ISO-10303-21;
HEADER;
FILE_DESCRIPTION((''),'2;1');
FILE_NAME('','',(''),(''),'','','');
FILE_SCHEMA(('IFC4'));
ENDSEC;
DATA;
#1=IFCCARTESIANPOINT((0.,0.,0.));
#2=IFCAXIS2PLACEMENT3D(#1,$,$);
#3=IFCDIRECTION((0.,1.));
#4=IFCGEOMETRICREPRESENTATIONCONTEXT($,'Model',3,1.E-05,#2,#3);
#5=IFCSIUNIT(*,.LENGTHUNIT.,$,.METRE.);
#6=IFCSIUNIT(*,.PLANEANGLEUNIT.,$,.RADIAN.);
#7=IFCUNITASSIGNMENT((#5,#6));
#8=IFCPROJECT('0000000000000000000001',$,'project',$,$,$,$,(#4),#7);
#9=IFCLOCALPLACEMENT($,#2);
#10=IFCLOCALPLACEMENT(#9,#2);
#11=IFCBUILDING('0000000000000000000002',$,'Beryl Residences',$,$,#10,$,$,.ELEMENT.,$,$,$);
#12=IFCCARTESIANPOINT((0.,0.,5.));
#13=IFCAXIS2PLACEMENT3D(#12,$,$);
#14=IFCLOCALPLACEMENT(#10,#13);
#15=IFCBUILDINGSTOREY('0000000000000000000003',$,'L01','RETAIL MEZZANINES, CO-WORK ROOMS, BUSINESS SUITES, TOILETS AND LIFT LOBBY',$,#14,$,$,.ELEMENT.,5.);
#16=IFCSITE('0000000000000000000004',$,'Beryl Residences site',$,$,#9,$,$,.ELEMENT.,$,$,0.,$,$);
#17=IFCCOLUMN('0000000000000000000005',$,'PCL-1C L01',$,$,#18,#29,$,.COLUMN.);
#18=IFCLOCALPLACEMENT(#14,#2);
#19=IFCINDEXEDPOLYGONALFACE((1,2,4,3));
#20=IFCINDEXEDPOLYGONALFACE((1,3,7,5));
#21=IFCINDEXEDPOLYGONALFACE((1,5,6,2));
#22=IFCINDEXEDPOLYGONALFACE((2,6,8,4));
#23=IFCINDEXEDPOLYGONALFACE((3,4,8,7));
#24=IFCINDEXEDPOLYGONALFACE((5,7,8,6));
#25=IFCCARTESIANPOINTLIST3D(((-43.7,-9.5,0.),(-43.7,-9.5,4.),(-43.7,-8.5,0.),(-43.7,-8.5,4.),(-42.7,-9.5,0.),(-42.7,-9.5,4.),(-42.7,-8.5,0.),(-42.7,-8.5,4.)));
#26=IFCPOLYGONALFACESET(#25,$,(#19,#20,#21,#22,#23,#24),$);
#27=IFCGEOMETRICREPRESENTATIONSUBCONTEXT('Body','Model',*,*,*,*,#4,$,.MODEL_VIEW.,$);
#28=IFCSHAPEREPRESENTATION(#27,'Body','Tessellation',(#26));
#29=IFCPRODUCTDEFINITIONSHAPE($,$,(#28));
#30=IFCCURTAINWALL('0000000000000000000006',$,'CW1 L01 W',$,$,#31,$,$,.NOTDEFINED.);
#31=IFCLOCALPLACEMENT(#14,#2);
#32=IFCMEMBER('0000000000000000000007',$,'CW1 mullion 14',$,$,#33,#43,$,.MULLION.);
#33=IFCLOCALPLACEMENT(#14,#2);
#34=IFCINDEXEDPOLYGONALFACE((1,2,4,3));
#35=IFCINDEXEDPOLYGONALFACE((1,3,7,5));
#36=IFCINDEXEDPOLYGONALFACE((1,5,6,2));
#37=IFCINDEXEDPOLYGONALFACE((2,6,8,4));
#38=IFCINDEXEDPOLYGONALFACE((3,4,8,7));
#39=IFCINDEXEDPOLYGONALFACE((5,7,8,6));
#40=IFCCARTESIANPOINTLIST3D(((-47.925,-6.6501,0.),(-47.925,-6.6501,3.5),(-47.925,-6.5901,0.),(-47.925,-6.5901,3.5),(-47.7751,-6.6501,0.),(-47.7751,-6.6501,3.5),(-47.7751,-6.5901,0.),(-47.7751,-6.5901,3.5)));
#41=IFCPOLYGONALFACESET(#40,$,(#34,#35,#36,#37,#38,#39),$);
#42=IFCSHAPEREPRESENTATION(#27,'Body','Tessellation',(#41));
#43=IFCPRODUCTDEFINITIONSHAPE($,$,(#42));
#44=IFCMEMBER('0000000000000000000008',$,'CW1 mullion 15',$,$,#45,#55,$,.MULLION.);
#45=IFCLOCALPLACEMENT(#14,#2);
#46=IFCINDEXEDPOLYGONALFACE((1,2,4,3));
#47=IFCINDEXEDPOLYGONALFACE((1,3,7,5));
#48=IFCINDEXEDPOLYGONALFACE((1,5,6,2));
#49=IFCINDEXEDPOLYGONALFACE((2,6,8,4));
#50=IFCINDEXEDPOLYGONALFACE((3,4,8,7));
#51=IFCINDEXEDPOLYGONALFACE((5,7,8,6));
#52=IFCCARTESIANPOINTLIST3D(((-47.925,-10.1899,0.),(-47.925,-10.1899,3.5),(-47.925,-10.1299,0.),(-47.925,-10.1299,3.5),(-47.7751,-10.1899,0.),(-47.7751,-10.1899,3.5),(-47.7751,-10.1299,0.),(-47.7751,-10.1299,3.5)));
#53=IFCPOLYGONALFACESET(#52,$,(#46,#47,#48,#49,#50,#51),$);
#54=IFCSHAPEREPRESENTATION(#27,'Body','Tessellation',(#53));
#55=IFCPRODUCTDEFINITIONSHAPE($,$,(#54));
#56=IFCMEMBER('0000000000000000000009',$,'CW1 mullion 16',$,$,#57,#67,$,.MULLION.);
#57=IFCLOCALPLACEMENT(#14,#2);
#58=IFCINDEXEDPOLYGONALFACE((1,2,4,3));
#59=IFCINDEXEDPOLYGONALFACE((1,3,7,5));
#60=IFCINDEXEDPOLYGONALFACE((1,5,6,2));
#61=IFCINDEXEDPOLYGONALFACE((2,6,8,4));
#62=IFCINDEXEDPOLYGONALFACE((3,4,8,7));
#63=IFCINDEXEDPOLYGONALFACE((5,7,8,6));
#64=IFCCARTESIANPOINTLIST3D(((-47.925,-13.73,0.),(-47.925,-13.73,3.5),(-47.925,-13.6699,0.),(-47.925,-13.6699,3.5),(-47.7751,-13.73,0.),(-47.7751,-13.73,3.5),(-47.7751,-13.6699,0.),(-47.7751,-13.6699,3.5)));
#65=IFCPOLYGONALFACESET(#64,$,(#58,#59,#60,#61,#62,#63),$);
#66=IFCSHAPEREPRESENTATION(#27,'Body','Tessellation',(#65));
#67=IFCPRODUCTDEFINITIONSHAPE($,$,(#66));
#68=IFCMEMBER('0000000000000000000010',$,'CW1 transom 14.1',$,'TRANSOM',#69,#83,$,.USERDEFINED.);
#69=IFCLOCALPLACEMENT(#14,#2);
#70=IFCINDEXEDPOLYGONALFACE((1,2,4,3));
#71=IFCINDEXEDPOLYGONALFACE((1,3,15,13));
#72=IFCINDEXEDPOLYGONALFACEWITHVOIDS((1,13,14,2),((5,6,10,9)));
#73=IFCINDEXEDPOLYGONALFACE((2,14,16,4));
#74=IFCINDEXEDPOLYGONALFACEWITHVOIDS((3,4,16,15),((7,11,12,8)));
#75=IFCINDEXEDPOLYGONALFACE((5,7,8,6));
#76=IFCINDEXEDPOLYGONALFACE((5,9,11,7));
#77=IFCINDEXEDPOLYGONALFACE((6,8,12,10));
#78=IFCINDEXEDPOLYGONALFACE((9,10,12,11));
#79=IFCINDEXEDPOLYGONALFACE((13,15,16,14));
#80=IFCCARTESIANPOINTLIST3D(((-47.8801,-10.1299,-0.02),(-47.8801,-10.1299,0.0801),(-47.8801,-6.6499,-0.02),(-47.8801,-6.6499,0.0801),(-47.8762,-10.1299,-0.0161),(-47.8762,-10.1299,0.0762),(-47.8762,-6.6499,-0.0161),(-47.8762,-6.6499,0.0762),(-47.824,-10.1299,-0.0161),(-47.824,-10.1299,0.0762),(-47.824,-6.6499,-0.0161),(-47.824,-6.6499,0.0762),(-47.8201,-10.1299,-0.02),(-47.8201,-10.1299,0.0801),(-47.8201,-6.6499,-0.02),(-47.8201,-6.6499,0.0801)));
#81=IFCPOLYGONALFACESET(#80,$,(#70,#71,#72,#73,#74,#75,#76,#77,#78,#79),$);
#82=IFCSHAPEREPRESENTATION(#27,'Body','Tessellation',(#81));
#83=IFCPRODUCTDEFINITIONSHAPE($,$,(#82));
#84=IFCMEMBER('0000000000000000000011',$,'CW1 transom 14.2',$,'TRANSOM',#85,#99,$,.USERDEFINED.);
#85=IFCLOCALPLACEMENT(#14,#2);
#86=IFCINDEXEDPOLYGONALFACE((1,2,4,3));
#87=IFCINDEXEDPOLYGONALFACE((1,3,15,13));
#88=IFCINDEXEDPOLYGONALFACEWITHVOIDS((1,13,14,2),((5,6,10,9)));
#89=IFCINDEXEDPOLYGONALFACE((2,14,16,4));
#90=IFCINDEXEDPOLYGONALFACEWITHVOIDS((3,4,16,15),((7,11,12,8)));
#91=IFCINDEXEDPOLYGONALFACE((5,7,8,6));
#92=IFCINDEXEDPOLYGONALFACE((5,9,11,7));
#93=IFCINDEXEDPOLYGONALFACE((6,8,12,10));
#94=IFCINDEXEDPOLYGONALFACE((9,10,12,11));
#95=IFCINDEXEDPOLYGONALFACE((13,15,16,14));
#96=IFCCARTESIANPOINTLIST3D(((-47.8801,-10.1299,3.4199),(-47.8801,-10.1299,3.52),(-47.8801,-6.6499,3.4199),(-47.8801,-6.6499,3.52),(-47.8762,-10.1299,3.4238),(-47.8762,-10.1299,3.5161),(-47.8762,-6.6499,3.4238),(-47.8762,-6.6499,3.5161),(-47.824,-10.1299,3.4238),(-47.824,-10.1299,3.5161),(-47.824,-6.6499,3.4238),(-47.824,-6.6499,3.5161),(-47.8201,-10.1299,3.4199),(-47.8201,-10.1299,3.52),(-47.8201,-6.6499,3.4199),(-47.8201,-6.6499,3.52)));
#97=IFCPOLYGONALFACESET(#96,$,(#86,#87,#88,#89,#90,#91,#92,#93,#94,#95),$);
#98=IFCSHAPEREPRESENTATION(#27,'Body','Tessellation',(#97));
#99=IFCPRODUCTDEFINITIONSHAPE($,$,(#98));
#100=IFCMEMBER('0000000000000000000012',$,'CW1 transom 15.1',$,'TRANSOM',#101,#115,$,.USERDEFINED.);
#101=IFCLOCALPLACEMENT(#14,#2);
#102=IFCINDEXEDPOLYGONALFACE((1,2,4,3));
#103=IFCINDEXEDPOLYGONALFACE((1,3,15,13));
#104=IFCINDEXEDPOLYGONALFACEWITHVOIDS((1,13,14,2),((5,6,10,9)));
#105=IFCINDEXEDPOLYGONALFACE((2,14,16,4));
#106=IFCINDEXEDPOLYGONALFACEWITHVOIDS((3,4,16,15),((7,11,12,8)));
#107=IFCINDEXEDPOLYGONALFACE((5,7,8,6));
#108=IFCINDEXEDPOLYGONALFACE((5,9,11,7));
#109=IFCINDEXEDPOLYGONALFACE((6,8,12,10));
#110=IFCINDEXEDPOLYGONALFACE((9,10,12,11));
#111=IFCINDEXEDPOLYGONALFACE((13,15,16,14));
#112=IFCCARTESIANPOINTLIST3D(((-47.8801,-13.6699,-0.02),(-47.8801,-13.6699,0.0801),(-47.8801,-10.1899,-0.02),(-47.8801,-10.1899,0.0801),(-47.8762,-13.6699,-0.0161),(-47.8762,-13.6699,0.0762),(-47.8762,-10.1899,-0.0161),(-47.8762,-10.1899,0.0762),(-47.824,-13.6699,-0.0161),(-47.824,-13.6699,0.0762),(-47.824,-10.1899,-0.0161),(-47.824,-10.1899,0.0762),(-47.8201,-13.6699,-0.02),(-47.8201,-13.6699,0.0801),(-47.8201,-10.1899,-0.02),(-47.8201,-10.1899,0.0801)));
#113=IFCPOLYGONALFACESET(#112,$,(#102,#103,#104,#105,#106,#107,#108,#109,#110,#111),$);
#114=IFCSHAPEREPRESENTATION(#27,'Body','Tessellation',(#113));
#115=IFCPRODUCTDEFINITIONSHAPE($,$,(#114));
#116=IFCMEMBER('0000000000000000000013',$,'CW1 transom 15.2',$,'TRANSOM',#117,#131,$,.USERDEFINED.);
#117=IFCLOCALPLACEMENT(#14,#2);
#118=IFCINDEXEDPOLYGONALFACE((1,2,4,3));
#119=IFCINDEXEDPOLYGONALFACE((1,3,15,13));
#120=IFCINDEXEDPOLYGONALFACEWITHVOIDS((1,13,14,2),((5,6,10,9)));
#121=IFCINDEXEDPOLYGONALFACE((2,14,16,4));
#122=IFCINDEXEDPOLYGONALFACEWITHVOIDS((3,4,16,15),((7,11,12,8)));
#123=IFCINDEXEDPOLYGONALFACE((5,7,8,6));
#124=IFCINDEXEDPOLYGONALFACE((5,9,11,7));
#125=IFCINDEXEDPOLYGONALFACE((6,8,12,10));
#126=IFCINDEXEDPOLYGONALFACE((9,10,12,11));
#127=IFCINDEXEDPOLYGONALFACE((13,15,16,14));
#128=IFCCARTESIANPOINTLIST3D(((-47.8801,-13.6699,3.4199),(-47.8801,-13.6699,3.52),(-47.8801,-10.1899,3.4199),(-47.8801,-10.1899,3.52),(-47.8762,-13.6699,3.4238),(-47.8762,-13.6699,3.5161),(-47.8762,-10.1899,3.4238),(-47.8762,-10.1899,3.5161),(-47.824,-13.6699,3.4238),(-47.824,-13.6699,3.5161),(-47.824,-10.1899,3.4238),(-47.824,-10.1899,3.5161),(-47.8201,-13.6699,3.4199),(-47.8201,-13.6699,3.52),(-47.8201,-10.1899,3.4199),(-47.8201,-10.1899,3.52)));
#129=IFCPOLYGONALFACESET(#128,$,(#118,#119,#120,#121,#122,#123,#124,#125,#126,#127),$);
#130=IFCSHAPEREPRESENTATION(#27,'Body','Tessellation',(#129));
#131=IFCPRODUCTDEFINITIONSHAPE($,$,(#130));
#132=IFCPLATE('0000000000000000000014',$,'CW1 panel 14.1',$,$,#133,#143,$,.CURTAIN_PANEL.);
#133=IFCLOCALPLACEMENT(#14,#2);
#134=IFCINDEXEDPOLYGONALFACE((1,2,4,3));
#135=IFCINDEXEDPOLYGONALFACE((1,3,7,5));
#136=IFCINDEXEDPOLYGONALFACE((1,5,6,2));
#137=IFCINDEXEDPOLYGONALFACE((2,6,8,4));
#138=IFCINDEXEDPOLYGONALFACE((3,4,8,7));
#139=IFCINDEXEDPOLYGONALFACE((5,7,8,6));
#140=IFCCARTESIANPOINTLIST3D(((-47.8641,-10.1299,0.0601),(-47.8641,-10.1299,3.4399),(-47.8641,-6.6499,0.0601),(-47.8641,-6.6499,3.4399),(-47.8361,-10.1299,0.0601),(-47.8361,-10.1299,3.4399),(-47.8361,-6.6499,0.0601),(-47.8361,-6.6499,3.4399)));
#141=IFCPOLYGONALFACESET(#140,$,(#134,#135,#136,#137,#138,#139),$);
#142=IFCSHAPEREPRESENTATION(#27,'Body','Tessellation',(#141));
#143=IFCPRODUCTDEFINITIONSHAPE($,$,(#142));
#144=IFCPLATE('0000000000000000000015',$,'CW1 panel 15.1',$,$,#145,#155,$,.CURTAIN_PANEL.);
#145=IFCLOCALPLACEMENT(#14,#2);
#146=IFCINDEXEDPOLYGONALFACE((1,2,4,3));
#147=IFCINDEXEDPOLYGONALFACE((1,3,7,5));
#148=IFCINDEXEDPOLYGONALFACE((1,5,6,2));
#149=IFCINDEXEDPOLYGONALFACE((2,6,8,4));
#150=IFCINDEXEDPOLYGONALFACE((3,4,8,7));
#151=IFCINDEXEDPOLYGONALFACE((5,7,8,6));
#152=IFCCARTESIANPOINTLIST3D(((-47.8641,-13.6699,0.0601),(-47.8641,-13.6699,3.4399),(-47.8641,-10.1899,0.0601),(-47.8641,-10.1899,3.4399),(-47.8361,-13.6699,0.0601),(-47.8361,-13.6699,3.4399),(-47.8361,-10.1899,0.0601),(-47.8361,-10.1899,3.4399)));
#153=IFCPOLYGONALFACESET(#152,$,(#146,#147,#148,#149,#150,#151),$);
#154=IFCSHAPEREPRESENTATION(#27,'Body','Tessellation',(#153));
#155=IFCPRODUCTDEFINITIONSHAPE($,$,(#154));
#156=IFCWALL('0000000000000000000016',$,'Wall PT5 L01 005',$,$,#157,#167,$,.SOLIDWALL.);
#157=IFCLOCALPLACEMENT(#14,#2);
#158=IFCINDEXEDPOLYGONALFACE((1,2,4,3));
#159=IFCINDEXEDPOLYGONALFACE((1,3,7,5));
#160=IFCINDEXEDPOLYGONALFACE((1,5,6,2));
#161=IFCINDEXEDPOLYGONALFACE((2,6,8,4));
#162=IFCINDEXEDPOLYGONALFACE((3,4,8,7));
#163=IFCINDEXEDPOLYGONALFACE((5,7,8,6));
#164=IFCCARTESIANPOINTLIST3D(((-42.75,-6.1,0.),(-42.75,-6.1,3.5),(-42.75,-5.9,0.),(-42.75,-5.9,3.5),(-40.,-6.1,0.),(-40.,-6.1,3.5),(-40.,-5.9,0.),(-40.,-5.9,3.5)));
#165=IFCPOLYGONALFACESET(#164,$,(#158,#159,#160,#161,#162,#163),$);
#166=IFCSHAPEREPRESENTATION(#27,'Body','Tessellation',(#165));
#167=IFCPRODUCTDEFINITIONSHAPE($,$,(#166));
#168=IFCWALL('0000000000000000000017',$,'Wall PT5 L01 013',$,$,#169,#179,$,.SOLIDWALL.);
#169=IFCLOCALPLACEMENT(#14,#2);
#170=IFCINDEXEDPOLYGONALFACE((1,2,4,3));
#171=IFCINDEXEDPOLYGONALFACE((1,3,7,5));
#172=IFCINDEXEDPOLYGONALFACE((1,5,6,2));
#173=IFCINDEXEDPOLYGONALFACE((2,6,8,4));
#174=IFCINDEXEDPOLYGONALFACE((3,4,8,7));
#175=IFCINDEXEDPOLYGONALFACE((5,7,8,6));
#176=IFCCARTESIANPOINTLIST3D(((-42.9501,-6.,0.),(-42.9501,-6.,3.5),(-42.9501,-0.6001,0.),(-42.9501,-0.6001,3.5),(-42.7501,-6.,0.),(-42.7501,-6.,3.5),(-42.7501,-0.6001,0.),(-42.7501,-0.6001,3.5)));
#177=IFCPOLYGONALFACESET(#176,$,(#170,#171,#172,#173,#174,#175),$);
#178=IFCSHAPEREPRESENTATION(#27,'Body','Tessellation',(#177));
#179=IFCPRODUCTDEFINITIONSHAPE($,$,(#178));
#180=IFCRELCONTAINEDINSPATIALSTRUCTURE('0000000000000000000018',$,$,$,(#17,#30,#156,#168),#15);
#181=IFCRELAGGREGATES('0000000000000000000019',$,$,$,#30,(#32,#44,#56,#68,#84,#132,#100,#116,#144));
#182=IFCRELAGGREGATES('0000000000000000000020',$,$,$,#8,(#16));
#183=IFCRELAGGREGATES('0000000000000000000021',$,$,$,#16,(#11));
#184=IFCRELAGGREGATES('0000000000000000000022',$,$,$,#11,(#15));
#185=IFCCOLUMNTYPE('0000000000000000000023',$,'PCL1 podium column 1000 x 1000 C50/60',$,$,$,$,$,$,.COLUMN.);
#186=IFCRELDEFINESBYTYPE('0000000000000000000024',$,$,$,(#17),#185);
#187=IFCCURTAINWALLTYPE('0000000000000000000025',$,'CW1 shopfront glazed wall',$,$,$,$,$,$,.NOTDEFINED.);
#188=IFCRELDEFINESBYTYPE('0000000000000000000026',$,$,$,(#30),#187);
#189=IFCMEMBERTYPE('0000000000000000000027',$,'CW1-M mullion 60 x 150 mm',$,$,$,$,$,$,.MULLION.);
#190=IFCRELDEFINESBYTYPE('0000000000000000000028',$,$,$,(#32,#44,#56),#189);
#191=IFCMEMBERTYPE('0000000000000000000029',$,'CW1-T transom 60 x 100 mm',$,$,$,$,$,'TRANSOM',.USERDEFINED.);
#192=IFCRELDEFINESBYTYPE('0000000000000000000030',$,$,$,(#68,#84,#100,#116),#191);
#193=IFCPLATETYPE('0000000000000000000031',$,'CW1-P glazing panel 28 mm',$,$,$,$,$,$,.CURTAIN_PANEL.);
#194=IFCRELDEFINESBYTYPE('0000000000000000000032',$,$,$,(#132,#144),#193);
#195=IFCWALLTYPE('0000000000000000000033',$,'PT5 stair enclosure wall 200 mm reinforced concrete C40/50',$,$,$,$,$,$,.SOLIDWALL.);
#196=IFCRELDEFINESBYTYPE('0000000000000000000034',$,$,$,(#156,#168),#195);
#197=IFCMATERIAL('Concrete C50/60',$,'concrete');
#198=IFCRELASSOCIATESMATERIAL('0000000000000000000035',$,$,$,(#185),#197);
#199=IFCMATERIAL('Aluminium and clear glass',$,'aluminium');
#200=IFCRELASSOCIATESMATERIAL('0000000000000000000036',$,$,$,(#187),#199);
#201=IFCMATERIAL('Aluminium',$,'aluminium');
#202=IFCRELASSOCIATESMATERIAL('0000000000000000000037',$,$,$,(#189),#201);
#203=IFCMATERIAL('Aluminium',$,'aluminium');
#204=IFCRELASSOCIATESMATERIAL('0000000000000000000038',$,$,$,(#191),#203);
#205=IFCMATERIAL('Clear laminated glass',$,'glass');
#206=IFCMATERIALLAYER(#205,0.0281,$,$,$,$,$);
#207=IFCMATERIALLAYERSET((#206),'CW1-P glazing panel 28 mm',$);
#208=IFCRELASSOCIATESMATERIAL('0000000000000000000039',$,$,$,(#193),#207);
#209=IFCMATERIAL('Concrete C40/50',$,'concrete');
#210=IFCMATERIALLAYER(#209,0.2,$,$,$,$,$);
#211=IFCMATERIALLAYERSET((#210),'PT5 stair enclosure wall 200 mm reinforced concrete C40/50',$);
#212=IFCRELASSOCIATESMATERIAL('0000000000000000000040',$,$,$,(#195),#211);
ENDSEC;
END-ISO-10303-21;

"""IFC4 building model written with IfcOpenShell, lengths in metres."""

from ifc_helpers import new_model, si_unit, direction, frame, frame_2d, origin, origin_2d, place, context, subcontext, project, spatial, rectangle, hollow_rectangle, extrude, material, layer, layer_set, material_profile, profile_set, type_object, element, aggregate, save


model = new_model("IFC4")

# Units and contexts
model_context = context("Model", 3, precision=1e-05, world=origin(), true_north=direction((0.0, 1.0)))
body_context = subcontext(model_context, "Body", "Model", "MODEL_VIEW")
ifc_project = project(units=[si_unit("LENGTHUNIT", "METRE"), si_unit("PLANEANGLEUNIT", "RADIAN")], contexts=[model_context])

# Site, building, storey
site_placement = place(None, origin())
site = spatial("IfcSite", under=ifc_project, at=site_placement, Name="Beryl Residences site", CompositionType="ELEMENT", RefElevation=0.0)
building_placement = place(site_placement, origin())
building = spatial("IfcBuilding", under=site, at=building_placement, Name="Beryl Residences", CompositionType="ELEMENT")
storey_placement = place(building_placement, frame((0.0, 0.0, 5.0)))
storey = spatial("IfcBuildingStorey", under=building, at=storey_placement, Name="L01", Description="RETAIL MEZZANINES, CO-WORK ROOMS, BUSINESS SUITES, TOILETS AND LIFT LOBBY", CompositionType="ELEMENT", Elevation=5.0)

# Column
ifc_material_1 = material(Name="Concrete C50/60", Category="concrete")
ifc_material_profile_1 = material_profile(ifc_material_1, rectangle(XDim=1.0, YDim=1.0, at=origin_2d()))
ifc_profile_set_1 = profile_set([ifc_material_profile_1], Name="Concrete C50/60")
column_type = type_object("IfcColumnType", Name="PCL1 podium column 1000 x 1000 C50/60", PredefinedType="COLUMN", material=ifc_profile_set_1)
column_placement = place(storey_placement, frame((-43.2, -9.0, 0.0), z_axis=(0.0, 0.0, 1.0), x_axis=(1.0, 0.0, 0.0)))
element("IfcColumn", 1, at=column_placement, inside=storey, type_object=column_type, Name="PCL-1C L01", PredefinedType="COLUMN", context=body_context, shape_type="SweptSolid", body=[
    extrude(rectangle(XDim=1.0, YDim=1.0, at=origin_2d()), origin(), (0.0, 0.0, 1.0), 4.0),
])

# Curtain wall, members, plates
ifc_material_2 = material(Name="Aluminium and clear glass", Category="aluminium")
curtain_wall_type = type_object("IfcCurtainWallType", Name="CW1 shopfront glazed wall", PredefinedType="NOTDEFINED", material=ifc_material_2)
curtain_wall_placement = place(storey_placement, origin())
curtain_wall = element("IfcCurtainWall", 2, at=curtain_wall_placement, inside=storey, type_object=curtain_wall_type, Name="CW1 L01 W", PredefinedType="NOTDEFINED")
ifc_material_3 = material(Name="Aluminium", Category="aluminium")
ifc_material_profile_2 = material_profile(ifc_material_3, rectangle(XDim=0.0601, YDim=0.1499, at=origin_2d()))
ifc_profile_set_2 = profile_set([ifc_material_profile_2], Name="Aluminium")
member_type_1 = type_object("IfcMemberType", Name="CW1-M mullion 60 x 150 mm", PredefinedType="MULLION", material=ifc_profile_set_2)
member_1_placement = place(storey_placement, frame((-47.8501, -6.6201, 0.0), z_axis=(0.0, 0.0, 1.0), x_axis=(0.0, -1.0, 0.0)))
member_1 = element("IfcMember", 3, at=member_1_placement, type_object=member_type_1, Name="CW1 mullion 14", PredefinedType="MULLION", context=body_context, shape_type="SweptSolid", body=[
    extrude(rectangle(XDim=0.0601, YDim=0.1499, at=origin_2d()), origin(), (0.0, 0.0, 1.0), 3.5),
])
member_2_placement = place(storey_placement, frame((-47.8501, -10.1599, 0.0), z_axis=(0.0, 0.0, 1.0), x_axis=(0.0, -1.0, 0.0)))
member_2 = element("IfcMember", 4, at=member_2_placement, type_object=member_type_1, Name="CW1 mullion 15", PredefinedType="MULLION", context=body_context, shape_type="SweptSolid", body=[
    extrude(rectangle(XDim=0.0601, YDim=0.1499, at=origin_2d()), origin(), (0.0, 0.0, 1.0), 3.5),
])
member_3_placement = place(storey_placement, frame((-47.8501, -13.7, 0.0), z_axis=(0.0, 0.0, 1.0), x_axis=(0.0, -1.0, 0.0)))
member_3 = element("IfcMember", 5, at=member_3_placement, type_object=member_type_1, Name="CW1 mullion 16", PredefinedType="MULLION", context=body_context, shape_type="SweptSolid", body=[
    extrude(rectangle(XDim=0.0601, YDim=0.1499, at=origin_2d()), origin(), (0.0, 0.0, 1.0), 3.5),
])
ifc_material_4 = material(Name="Aluminium", Category="aluminium")
ifc_material_profile_3 = material_profile(ifc_material_4, hollow_rectangle(XDim=0.0601, YDim=0.1001, WallThickness=0.0039, at=origin_2d()))
ifc_profile_set_3 = profile_set([ifc_material_profile_3], Name="Aluminium")
member_type_2 = type_object("IfcMemberType", Name="CW1-T transom 60 x 100 mm", ElementType="TRANSOM", PredefinedType="USERDEFINED", material=ifc_profile_set_3)
member_4_placement = place(storey_placement, frame((-47.8501, -6.6499, 0.03), z_axis=(0.0, -1.0, 0.0), x_axis=(1.0, 0.0, 0.0)))
member_4 = element("IfcMember", 6, at=member_4_placement, type_object=member_type_2, Name="CW1 transom 14.1", ObjectType="TRANSOM", PredefinedType="USERDEFINED", context=body_context, shape_type="SweptSolid", body=[
    extrude(hollow_rectangle(XDim=0.0601, YDim=0.1001, WallThickness=0.0039, at=origin_2d()), origin(), (0.0, 0.0, 1.0), 3.48),
])
member_5_placement = place(storey_placement, frame((-47.8501, -6.6499, 3.47), z_axis=(0.0, -1.0, 0.0), x_axis=(1.0, 0.0, 0.0)))
member_5 = element("IfcMember", 7, at=member_5_placement, type_object=member_type_2, Name="CW1 transom 14.2", ObjectType="TRANSOM", PredefinedType="USERDEFINED", context=body_context, shape_type="SweptSolid", body=[
    extrude(hollow_rectangle(XDim=0.0601, YDim=0.1001, WallThickness=0.0039, at=origin_2d()), origin(), (0.0, 0.0, 1.0), 3.48),
])
member_6_placement = place(storey_placement, frame((-47.8501, -10.1899, 0.03), z_axis=(0.0, -1.0, 0.0), x_axis=(1.0, 0.0, 0.0)))
member_6 = element("IfcMember", 8, at=member_6_placement, type_object=member_type_2, Name="CW1 transom 15.1", ObjectType="TRANSOM", PredefinedType="USERDEFINED", context=body_context, shape_type="SweptSolid", body=[
    extrude(hollow_rectangle(XDim=0.0601, YDim=0.1001, WallThickness=0.0039, at=origin_2d()), origin(), (0.0, 0.0, 1.0), 3.48),
])
member_7_placement = place(storey_placement, frame((-47.8501, -10.1899, 3.47), z_axis=(0.0, -1.0, 0.0), x_axis=(1.0, 0.0, 0.0)))
member_7 = element("IfcMember", 9, at=member_7_placement, type_object=member_type_2, Name="CW1 transom 15.2", ObjectType="TRANSOM", PredefinedType="USERDEFINED", context=body_context, shape_type="SweptSolid", body=[
    extrude(hollow_rectangle(XDim=0.0601, YDim=0.1001, WallThickness=0.0039, at=origin_2d()), origin(), (0.0, 0.0, 1.0), 3.48),
])
ifc_material_5 = material(Name="Clear laminated glass", Category="glass")
ifc_layer_1 = layer(ifc_material_5, 0.0281)
ifc_layer_set_1 = layer_set([ifc_layer_1], Name="CW1-P glazing panel 28 mm")
plate_type = type_object("IfcPlateType", Name="CW1-P glazing panel 28 mm", PredefinedType="CURTAIN_PANEL", material=ifc_layer_set_1)
plate_1_placement = place(storey_placement, frame((-47.8501, -8.3899, 0.0601), z_axis=(0.0, 0.0, 1.0), x_axis=(0.0, -1.0, 0.0)))
plate_1 = element("IfcPlate", 10, at=plate_1_placement, type_object=plate_type, Name="CW1 panel 14.1", PredefinedType="CURTAIN_PANEL", context=body_context, shape_type="SweptSolid", body=[
    extrude(rectangle(XDim=3.48, YDim=0.0281, at=origin_2d()), origin(), (0.0, 0.0, 1.0), 3.3799),
])
plate_2_placement = place(storey_placement, frame((-47.8501, -11.9299, 0.0601), z_axis=(0.0, 0.0, 1.0), x_axis=(0.0, -1.0, 0.0)))
plate_2 = element("IfcPlate", 11, at=plate_2_placement, type_object=plate_type, Name="CW1 panel 15.1", PredefinedType="CURTAIN_PANEL", context=body_context, shape_type="SweptSolid", body=[
    extrude(rectangle(XDim=3.48, YDim=0.0281, at=origin_2d()), origin(), (0.0, 0.0, 1.0), 3.3799),
])
aggregate(curtain_wall, [member_1, member_2, member_3, member_4, member_5, plate_1, member_6, member_7, plate_2])

# Walls
ifc_material_6 = material(Name="Concrete C40/50", Category="concrete")
ifc_layer_2 = layer(ifc_material_6, 0.2)
ifc_layer_set_2 = layer_set([ifc_layer_2], Name="PT5 stair enclosure wall 200 mm reinforced concrete C40/50")
wall_type_1 = type_object("IfcWallType", Name="PT5 stair enclosure wall 200 mm reinforced concrete C40/50", PredefinedType="SOLIDWALL", material=ifc_layer_set_2)
wall_1_placement = place(storey_placement, frame((-42.75, -6.0, 0.0), z_axis=(0.0, 0.0, 1.0), x_axis=(1.0, 0.0, 0.0)))
element("IfcWall", 12, at=wall_1_placement, inside=storey, type_object=wall_type_1, Name="Wall PT5 L01 005", PredefinedType="SOLIDWALL", context=body_context, shape_type="SweptSolid", body=[
    extrude(rectangle(XDim=2.75, YDim=0.2, at=frame_2d((1.375, 0.0))), origin(), (0.0, 0.0, 1.0), 3.5),
])
wall_2_placement = place(storey_placement, frame((-42.8501, -6.0, 0.0), z_axis=(0.0, 0.0, 1.0), x_axis=(0.0, 1.0, 0.0)))
element("IfcWall", 13, at=wall_2_placement, inside=storey, type_object=wall_type_1, Name="Wall PT5 L01 013", PredefinedType="SOLIDWALL", context=body_context, shape_type="SweptSolid", body=[
    extrude(rectangle(XDim=5.3999, YDim=0.2, at=frame_2d((2.7, 0.0))), origin(), (0.0, 0.0, 1.0), 3.5),
])

save(model, "model.ifc")
